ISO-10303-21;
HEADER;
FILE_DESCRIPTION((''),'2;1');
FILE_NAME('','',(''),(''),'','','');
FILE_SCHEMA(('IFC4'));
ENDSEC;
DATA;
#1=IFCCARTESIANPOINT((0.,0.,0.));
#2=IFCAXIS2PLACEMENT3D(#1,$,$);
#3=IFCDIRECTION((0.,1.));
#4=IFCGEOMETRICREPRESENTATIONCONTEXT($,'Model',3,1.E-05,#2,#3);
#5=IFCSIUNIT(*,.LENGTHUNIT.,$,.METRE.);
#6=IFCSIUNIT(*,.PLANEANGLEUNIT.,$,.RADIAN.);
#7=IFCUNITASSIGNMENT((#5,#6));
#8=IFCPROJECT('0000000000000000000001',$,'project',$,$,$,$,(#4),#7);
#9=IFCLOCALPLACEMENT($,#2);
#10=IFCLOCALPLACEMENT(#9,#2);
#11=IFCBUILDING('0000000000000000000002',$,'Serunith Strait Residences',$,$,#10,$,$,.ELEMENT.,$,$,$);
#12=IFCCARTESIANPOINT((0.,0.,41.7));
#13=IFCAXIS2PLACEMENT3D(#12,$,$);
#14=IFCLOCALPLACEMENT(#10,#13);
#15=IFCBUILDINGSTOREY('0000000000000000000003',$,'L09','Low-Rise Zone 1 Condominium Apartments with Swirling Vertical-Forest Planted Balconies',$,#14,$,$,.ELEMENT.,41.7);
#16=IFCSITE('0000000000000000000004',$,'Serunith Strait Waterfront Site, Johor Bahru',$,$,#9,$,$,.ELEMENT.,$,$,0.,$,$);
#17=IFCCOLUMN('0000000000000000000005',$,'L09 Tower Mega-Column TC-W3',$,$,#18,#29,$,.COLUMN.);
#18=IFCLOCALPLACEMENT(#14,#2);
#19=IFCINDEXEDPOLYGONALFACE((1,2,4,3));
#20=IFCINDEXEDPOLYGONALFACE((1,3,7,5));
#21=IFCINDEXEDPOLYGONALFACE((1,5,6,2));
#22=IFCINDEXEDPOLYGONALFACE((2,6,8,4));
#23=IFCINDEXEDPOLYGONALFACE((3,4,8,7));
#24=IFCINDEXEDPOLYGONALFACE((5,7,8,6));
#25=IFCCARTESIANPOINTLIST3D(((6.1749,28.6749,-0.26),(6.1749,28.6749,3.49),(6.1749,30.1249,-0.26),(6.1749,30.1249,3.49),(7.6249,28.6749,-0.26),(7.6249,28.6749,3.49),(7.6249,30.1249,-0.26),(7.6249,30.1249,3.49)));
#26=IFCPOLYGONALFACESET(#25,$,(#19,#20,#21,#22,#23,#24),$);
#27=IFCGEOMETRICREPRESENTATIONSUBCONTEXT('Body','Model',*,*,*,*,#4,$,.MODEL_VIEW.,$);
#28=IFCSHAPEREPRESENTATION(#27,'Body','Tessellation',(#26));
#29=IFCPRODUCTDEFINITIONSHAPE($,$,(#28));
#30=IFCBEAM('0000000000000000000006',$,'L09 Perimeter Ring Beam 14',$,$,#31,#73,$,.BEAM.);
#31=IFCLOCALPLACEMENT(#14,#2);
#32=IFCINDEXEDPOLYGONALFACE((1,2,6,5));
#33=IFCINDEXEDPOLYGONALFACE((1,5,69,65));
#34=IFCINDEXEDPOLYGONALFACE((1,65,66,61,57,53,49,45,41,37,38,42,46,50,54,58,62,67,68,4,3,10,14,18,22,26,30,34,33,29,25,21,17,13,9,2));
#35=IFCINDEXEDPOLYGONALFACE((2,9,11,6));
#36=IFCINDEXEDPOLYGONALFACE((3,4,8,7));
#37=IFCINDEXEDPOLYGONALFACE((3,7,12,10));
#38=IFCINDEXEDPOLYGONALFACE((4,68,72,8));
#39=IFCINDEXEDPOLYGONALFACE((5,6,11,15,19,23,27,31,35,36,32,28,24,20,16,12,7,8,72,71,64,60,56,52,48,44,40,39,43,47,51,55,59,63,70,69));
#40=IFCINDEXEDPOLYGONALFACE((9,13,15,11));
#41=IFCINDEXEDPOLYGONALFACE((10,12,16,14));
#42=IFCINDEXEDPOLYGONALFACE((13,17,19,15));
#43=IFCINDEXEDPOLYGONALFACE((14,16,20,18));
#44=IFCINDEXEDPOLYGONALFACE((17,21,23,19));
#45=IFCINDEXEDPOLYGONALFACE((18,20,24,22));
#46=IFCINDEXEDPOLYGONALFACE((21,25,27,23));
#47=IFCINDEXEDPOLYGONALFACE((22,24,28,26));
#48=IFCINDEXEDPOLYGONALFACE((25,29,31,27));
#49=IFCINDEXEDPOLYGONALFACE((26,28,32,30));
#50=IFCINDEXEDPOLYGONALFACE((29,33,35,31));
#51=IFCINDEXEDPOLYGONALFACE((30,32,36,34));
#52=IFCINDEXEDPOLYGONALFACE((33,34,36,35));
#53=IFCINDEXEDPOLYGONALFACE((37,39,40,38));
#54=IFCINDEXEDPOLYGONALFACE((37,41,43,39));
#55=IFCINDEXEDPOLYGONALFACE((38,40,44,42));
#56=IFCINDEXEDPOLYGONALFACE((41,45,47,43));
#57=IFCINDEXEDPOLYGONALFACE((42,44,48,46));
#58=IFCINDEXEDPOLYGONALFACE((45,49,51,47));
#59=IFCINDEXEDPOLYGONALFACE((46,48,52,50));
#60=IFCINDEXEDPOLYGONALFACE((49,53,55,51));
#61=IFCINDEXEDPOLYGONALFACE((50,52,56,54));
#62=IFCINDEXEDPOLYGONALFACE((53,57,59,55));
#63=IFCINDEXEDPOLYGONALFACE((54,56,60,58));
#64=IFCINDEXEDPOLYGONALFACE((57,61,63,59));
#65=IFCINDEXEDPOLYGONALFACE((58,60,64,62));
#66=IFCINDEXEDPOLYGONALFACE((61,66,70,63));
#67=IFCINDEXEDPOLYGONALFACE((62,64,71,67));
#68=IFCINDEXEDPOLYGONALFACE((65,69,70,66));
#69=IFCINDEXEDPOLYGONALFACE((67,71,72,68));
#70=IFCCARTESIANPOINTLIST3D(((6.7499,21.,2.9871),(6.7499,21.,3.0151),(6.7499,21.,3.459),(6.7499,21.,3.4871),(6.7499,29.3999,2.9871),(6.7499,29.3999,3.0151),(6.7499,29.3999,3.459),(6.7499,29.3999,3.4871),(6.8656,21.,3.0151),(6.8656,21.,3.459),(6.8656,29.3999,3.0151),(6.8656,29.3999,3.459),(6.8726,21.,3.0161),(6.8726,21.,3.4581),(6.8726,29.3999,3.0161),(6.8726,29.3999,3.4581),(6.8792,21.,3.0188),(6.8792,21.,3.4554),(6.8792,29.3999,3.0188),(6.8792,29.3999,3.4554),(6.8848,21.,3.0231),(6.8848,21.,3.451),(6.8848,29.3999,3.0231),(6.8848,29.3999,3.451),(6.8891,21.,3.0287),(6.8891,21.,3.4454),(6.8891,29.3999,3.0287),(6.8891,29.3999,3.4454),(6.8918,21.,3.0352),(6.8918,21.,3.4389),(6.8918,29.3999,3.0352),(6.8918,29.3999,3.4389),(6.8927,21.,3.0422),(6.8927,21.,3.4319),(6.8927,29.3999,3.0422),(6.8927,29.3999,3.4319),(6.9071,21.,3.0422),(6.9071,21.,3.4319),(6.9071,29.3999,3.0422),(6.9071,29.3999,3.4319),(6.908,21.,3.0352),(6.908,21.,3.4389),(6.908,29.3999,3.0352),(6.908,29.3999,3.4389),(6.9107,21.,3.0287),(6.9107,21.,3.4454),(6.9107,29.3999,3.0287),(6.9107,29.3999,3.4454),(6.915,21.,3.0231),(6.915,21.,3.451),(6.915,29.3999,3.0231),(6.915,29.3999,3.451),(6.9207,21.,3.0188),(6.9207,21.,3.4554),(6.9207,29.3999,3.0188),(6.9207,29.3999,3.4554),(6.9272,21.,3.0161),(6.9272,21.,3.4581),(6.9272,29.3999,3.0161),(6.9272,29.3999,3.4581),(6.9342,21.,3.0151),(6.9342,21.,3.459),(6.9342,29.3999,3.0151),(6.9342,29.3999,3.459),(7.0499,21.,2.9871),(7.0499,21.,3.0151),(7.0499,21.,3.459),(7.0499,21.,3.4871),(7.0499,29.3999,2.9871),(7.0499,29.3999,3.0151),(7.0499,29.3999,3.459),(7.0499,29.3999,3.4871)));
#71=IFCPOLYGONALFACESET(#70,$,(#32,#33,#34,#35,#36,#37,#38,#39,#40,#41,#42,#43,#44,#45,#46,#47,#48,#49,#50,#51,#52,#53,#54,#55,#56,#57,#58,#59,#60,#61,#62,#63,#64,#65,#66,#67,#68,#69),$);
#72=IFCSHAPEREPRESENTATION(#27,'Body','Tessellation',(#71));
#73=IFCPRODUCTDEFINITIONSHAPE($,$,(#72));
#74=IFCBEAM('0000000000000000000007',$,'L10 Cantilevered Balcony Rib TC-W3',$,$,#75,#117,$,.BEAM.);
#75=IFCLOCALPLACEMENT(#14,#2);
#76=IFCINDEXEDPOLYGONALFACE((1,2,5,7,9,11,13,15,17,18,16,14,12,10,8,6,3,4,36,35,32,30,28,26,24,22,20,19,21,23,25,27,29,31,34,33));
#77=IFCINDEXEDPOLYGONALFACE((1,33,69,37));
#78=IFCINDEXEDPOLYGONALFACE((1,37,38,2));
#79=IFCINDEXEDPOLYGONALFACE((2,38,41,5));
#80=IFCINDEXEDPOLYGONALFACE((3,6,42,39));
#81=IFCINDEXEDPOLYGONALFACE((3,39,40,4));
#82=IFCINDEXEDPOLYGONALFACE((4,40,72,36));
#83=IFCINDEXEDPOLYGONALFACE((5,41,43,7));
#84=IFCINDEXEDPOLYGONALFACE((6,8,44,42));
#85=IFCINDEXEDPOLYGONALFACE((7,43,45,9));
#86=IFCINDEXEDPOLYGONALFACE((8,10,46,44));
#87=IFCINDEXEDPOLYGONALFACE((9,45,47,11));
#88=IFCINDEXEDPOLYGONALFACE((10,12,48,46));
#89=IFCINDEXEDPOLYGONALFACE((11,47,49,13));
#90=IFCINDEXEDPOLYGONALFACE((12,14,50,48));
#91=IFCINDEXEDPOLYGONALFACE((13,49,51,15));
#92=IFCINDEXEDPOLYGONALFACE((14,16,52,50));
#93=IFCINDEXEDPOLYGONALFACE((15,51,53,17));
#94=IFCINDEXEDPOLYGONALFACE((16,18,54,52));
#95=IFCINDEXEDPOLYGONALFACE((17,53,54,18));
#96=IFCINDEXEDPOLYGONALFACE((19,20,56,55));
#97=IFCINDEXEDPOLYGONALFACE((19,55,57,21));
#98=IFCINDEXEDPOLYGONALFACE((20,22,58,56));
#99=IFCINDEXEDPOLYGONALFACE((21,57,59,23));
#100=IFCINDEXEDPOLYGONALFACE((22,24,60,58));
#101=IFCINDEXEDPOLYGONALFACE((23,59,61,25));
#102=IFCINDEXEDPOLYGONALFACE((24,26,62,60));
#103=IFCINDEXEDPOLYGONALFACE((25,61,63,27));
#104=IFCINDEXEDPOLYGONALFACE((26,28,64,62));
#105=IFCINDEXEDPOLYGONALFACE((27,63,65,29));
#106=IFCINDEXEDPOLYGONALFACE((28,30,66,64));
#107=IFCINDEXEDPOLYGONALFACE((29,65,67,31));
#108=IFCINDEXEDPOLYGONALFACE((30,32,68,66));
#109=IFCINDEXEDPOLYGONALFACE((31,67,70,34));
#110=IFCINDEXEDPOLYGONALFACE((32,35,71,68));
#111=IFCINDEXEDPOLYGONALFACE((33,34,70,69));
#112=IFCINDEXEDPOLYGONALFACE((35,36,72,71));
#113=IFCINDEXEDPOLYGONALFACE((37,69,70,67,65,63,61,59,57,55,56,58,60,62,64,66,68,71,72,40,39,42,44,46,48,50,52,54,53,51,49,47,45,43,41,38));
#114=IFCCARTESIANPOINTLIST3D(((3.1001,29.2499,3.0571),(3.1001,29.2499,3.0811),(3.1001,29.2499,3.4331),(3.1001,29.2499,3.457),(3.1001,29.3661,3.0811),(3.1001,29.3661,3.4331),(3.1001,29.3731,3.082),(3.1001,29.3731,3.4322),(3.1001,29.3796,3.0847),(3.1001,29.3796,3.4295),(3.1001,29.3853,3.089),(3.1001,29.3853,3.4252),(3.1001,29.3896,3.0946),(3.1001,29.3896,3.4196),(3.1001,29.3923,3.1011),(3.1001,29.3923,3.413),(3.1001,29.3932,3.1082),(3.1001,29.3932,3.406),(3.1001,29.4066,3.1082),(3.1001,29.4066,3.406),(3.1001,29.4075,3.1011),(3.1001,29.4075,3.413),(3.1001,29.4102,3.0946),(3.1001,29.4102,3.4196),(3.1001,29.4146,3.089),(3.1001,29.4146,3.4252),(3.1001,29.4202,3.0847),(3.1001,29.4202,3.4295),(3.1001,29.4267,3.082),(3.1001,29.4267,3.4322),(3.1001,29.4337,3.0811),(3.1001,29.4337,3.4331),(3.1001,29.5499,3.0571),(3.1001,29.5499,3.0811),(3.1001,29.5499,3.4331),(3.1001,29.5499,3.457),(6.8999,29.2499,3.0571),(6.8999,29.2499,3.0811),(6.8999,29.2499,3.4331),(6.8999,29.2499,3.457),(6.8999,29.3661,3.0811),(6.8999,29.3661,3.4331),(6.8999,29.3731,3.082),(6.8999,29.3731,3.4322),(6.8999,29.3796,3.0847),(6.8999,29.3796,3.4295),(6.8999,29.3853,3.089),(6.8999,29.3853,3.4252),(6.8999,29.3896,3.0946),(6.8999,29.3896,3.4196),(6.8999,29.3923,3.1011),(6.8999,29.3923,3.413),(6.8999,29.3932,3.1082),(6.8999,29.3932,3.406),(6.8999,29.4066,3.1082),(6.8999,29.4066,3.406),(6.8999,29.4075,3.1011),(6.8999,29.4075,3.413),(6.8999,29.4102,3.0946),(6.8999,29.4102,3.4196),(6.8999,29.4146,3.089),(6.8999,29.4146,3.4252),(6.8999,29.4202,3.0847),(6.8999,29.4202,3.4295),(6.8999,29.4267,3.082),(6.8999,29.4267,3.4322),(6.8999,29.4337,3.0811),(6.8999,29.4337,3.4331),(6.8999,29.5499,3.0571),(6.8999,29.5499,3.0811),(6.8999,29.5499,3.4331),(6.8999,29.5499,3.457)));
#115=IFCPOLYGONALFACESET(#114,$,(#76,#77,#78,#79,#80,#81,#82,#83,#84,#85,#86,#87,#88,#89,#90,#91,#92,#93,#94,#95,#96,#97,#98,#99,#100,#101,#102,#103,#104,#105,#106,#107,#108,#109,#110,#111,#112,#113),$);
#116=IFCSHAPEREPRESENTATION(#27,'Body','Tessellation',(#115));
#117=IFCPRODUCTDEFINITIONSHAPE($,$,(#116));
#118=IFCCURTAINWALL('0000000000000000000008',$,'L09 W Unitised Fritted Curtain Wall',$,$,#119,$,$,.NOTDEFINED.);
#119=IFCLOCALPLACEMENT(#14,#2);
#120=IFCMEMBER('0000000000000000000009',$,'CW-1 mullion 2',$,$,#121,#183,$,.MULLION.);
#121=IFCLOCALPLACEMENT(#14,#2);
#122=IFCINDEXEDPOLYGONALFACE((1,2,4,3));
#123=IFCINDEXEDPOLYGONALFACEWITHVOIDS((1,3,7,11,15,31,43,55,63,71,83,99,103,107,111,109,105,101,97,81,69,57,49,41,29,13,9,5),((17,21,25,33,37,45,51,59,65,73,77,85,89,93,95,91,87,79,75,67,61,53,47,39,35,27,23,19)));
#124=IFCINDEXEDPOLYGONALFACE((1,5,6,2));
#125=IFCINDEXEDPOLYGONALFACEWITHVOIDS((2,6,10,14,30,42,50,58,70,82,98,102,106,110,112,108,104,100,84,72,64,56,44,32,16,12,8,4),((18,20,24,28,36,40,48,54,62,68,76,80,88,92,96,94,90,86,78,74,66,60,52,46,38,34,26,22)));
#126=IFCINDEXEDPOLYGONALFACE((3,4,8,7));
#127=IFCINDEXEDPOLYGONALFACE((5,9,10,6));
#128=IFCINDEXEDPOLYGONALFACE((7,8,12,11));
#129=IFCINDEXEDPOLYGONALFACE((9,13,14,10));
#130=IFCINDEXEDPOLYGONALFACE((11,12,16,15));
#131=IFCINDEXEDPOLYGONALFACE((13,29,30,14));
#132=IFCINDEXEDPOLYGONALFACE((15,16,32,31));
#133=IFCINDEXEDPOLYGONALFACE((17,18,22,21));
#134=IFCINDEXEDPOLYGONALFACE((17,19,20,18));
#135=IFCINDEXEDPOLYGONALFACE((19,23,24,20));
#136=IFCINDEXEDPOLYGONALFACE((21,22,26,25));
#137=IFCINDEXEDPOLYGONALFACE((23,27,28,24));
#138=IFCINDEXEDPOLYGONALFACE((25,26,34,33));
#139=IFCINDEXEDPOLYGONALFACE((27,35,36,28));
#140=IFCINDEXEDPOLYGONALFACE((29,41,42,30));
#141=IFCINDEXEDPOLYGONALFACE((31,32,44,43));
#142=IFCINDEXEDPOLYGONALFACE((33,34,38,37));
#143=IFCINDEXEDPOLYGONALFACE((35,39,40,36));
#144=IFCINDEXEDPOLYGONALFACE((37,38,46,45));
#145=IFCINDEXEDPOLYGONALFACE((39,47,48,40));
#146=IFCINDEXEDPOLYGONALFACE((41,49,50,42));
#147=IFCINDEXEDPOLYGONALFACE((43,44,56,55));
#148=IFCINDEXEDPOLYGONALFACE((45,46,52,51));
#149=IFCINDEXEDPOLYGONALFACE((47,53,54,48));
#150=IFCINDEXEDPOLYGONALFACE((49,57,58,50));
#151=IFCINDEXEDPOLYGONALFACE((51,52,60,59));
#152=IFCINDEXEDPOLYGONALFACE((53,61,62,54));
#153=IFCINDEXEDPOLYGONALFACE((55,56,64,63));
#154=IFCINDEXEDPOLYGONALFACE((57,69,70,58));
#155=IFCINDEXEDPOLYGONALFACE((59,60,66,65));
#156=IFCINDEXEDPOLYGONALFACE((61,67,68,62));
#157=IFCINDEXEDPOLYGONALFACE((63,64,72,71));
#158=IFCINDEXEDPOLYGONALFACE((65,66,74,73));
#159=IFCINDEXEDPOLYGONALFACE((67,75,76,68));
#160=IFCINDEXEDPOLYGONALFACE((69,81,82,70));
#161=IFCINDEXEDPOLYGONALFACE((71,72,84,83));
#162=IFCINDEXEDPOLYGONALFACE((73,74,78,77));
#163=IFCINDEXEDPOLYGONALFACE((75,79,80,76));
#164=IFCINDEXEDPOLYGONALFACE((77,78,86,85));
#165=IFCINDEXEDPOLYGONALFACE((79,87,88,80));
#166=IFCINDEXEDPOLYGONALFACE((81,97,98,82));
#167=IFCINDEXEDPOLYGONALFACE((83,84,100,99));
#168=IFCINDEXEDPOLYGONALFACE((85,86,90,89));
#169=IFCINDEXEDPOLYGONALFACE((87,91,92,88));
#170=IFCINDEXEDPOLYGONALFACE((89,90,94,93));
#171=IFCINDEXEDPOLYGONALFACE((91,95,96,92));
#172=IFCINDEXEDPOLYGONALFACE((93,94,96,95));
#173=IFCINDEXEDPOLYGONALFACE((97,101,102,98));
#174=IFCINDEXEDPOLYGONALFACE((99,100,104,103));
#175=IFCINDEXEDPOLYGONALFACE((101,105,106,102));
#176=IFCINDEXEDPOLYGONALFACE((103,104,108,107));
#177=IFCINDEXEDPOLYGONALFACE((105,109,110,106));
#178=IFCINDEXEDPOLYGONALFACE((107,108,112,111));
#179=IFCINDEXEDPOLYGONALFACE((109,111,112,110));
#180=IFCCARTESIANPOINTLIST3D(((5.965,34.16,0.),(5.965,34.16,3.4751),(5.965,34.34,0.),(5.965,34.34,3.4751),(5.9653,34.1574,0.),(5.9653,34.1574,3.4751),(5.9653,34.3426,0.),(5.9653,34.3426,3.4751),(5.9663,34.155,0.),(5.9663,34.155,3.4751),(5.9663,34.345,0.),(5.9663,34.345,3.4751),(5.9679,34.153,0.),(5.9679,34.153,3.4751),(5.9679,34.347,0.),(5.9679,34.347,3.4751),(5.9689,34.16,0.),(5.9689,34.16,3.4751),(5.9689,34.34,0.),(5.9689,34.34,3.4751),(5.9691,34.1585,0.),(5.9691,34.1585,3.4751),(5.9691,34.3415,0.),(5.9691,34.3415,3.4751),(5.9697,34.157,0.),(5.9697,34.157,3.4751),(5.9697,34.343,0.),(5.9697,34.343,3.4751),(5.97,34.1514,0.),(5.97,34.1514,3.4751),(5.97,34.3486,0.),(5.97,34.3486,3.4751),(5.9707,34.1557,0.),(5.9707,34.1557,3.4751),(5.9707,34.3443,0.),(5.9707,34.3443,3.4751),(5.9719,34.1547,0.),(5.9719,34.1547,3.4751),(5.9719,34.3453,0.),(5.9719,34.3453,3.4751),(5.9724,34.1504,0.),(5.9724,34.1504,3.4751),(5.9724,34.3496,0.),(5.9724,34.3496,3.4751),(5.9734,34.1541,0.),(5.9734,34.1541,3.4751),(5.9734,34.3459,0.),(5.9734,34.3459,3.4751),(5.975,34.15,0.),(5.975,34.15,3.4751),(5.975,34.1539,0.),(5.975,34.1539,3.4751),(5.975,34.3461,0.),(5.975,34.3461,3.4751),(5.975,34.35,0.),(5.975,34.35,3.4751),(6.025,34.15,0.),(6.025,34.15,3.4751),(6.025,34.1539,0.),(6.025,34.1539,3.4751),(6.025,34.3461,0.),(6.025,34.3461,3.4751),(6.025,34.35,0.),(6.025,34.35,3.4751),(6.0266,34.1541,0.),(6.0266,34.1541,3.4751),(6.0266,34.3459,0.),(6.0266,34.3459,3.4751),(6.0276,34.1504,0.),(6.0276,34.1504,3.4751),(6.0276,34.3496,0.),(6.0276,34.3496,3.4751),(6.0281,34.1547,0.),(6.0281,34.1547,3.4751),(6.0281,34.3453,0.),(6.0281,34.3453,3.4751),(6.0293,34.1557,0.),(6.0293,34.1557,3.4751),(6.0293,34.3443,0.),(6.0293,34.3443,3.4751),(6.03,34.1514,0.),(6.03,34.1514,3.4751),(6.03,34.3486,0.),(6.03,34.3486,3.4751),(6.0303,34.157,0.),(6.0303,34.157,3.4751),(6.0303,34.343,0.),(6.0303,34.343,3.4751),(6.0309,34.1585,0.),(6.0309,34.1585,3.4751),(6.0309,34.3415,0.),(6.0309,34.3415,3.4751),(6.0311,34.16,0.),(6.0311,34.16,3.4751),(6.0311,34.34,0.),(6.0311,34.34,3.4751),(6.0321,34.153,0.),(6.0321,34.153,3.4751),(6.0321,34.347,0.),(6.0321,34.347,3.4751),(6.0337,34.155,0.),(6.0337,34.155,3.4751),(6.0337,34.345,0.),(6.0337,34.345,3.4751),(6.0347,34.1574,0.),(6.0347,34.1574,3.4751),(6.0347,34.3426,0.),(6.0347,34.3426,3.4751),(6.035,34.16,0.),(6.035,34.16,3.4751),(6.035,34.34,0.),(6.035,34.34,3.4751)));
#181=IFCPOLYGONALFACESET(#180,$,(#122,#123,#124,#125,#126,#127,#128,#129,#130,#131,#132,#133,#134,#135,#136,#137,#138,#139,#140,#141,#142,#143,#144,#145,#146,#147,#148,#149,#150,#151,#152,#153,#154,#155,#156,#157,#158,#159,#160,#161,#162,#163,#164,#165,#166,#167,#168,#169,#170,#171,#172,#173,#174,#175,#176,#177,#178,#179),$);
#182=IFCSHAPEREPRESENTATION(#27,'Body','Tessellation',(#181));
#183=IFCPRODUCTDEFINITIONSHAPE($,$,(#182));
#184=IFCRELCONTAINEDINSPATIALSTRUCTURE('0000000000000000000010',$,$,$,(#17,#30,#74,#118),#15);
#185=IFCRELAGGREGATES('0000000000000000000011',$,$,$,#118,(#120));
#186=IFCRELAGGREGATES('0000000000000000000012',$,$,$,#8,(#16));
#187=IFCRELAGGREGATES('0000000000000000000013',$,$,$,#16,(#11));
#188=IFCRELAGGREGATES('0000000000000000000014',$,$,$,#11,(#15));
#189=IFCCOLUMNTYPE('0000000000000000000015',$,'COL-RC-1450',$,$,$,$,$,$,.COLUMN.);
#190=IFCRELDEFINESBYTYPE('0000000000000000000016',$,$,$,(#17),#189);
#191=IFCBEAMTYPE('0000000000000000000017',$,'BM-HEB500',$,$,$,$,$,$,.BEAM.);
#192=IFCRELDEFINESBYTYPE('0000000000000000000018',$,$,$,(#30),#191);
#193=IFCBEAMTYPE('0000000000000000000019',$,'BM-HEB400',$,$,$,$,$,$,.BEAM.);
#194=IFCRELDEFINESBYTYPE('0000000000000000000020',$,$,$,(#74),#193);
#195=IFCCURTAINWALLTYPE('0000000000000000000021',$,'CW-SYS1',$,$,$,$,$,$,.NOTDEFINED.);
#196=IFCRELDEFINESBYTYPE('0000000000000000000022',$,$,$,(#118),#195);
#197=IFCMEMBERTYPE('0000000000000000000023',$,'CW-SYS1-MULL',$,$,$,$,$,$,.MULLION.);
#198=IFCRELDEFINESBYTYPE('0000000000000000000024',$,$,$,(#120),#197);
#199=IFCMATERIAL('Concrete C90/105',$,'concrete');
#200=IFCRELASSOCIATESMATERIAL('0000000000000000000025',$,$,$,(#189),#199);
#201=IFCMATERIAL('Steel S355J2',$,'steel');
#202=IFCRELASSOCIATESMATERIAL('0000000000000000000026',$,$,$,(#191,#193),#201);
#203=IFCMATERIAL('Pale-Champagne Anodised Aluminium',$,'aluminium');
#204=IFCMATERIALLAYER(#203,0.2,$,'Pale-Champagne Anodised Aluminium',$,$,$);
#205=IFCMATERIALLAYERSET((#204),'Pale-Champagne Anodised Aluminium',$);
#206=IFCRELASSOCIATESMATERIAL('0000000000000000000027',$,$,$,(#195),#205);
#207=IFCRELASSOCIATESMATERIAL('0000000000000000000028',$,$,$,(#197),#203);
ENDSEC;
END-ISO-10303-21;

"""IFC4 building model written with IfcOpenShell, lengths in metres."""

from ifc_helpers import new_model, si_unit, direction, frame, origin, origin_2d, place, context, subcontext, project, spatial, rectangle, hollow_rectangle, i_section, extrude, source, transform, mapped, material, layer, layer_set, material_profile, profile_set, type_object, element, aggregate, save


model = new_model("IFC4")

# Units and contexts
model_context = context("Model", 3, precision=1e-05, world=origin(), true_north=direction((0.0, 1.0)))
body_context = subcontext(model_context, "Body", "Model", "MODEL_VIEW")
ifc_project = project(units=[si_unit("LENGTHUNIT", "METRE"), si_unit("PLANEANGLEUNIT", "RADIAN")], contexts=[model_context])

# Site, building, storey
site_placement = place(None, origin())
site = spatial("IfcSite", under=ifc_project, at=site_placement, Name="Serunith Strait Waterfront Site, Johor Bahru", CompositionType="ELEMENT", RefElevation=0.0)
building_placement = place(site_placement, origin())
building = spatial("IfcBuilding", under=site, at=building_placement, Name="Serunith Strait Residences", CompositionType="ELEMENT")
storey_placement = place(building_placement, frame((0.0, 0.0, 41.7)))
storey = spatial("IfcBuildingStorey", under=building, at=storey_placement, Name="L09", Description="Low-Rise Zone 1 Condominium Apartments with Swirling Vertical-Forest Planted Balconies", CompositionType="ELEMENT", Elevation=41.7)

# Column
ifc_material_1 = material(Name="Concrete C90/105", Category="concrete")
ifc_material_profile_1 = material_profile(ifc_material_1, rectangle(XDim=1.45, YDim=1.45, at=origin_2d()), Name="RC 1450x1450")
ifc_profile_set_1 = profile_set([ifc_material_profile_1], Name="Concrete C90/105")
column_type = type_object("IfcColumnType", Name="COL-RC-1450", PredefinedType="COLUMN", material=ifc_profile_set_1)
shared_shape_1 = source(origin(), body_context, "Body", "SweptSolid", [
    extrude(rectangle(XDim=1.45, YDim=1.45, at=origin_2d()), origin(), (0.0, 0.0, 1.0), 3.75),
])
column_placement = place(storey_placement, frame((6.8999, 29.3999, -0.26), z_axis=(0.0, 0.0, 1.0), x_axis=(1.0, 0.0, 0.0)))
element("IfcColumn", 1, at=column_placement, inside=storey, type_object=column_type, Name="L09 Tower Mega-Column TC-W3", PredefinedType="COLUMN", context=body_context, shape_type="MappedRepresentation", body=[
    mapped(shared_shape_1, transform((0.0, 0.0, 0.0), scale=1.0)),
])

# Beams
ifc_material_2 = material(Name="Steel S355J2", Category="steel")
ifc_material_profile_2 = material_profile(ifc_material_2, i_section(OverallWidth=0.3, OverallDepth=0.5, WebThickness=0.0144, FlangeThickness=0.0281, FilletRadius=0.0271, at=origin_2d()), Name="HEB 500")
ifc_profile_set_2 = profile_set([ifc_material_profile_2], Name="Steel S355J2")
beam_type_1 = type_object("IfcBeamType", Name="BM-HEB500", PredefinedType="BEAM", material=ifc_profile_set_2)
shared_shape_2 = source(origin(), body_context, "Body", "SweptSolid", [
    extrude(i_section(OverallWidth=0.3, OverallDepth=0.5, WebThickness=0.0144, FlangeThickness=0.0281, FilletRadius=0.0271, at=origin_2d()), origin(), (0.0, 0.0, 1.0), 8.3999),
])
beam_1_placement = place(storey_placement, frame((6.8999, 29.3999, 3.2371), z_axis=(0.0, -1.0, 0.0), x_axis=(1.0, 0.0, 0.0)))
element("IfcBeam", 2, at=beam_1_placement, inside=storey, type_object=beam_type_1, Name="L09 Perimeter Ring Beam 14", PredefinedType="BEAM", context=body_context, shape_type="MappedRepresentation", body=[
    mapped(shared_shape_2, transform((0.0, 0.0, 0.0), scale=1.0)),
])
ifc_material_profile_3 = material_profile(ifc_material_2, i_section(OverallWidth=0.3, OverallDepth=0.3999, WebThickness=0.0134, FlangeThickness=0.0239, FilletRadius=0.0271, at=origin_2d()), Name="HEB 400")
ifc_profile_set_3 = profile_set([ifc_material_profile_3], Name="Steel S355J2")
beam_type_2 = type_object("IfcBeamType", Name="BM-HEB400", PredefinedType="BEAM", material=ifc_profile_set_3)
shared_shape_3 = source(origin(), body_context, "Body", "SweptSolid", [
    extrude(i_section(OverallWidth=0.3, OverallDepth=0.3999, WebThickness=0.0134, FlangeThickness=0.0239, FilletRadius=0.0271, at=origin_2d()), origin(), (0.0, 0.0, 1.0), 3.7998),
])
beam_2_placement = place(storey_placement, frame((6.8999, 29.3999, 3.2571), z_axis=(-1.0, 0.0, 0.0), x_axis=(0.0, -1.0, 0.0)))
element("IfcBeam", 3, at=beam_2_placement, inside=storey, type_object=beam_type_2, Name="L10 Cantilevered Balcony Rib TC-W3", PredefinedType="BEAM", context=body_context, shape_type="MappedRepresentation", body=[
    mapped(shared_shape_3, transform((0.0, 0.0, 0.0), scale=1.0)),
])

# Curtain wall, member
ifc_material_3 = material(Name="Pale-Champagne Anodised Aluminium", Category="aluminium")
ifc_layer_1 = layer(ifc_material_3, 0.2, Name="Pale-Champagne Anodised Aluminium")
ifc_layer_set_1 = layer_set([ifc_layer_1], Name="Pale-Champagne Anodised Aluminium")
curtain_wall_type = type_object("IfcCurtainWallType", Name="CW-SYS1", PredefinedType="NOTDEFINED", material=ifc_layer_set_1)
curtain_wall_placement = place(storey_placement, origin())
curtain_wall = element("IfcCurtainWall", 4, at=curtain_wall_placement, inside=storey, type_object=curtain_wall_type, Name="L09 W Unitised Fritted Curtain Wall", PredefinedType="NOTDEFINED")
ifc_material_profile_4 = material_profile(ifc_material_3, hollow_rectangle(XDim=0.0701, YDim=0.2, WallThickness=0.0039, InnerFilletRadius=0.0061, OuterFilletRadius=0.01, at=origin_2d()), Name="ALU 200x70x4")
ifc_profile_set_4 = profile_set([ifc_material_profile_4], Name="Pale-Champagne Anodised Aluminium")
member_type_1 = type_object("IfcMemberType", Name="CW-SYS1-MULL", PredefinedType="MULLION", material=ifc_profile_set_4)
shared_shape_4 = source(origin(), body_context, "Body", "SweptSolid", [
    extrude(hollow_rectangle(XDim=0.0701, YDim=0.2, WallThickness=0.0039, InnerFilletRadius=0.0061, OuterFilletRadius=0.01, at=origin_2d()), origin(), (0.0, 0.0, 1.0), 3.4751),
])
member_1_placement = place(storey_placement, frame((6.0, 34.25, 0.0), z_axis=(0.0, 0.0, 1.0), x_axis=(1.0, 0.0, 0.0)))
member_1 = element("IfcMember", 5, at=member_1_placement, type_object=member_type_1, Name="CW-1 mullion 2", PredefinedType="MULLION", context=body_context, shape_type="MappedRepresentation", body=[
    mapped(shared_shape_4, transform((0.0, 0.0, 0.0), scale=1.0)),
])
aggregate(curtain_wall, [member_1])

save(model, "model.ifc")
